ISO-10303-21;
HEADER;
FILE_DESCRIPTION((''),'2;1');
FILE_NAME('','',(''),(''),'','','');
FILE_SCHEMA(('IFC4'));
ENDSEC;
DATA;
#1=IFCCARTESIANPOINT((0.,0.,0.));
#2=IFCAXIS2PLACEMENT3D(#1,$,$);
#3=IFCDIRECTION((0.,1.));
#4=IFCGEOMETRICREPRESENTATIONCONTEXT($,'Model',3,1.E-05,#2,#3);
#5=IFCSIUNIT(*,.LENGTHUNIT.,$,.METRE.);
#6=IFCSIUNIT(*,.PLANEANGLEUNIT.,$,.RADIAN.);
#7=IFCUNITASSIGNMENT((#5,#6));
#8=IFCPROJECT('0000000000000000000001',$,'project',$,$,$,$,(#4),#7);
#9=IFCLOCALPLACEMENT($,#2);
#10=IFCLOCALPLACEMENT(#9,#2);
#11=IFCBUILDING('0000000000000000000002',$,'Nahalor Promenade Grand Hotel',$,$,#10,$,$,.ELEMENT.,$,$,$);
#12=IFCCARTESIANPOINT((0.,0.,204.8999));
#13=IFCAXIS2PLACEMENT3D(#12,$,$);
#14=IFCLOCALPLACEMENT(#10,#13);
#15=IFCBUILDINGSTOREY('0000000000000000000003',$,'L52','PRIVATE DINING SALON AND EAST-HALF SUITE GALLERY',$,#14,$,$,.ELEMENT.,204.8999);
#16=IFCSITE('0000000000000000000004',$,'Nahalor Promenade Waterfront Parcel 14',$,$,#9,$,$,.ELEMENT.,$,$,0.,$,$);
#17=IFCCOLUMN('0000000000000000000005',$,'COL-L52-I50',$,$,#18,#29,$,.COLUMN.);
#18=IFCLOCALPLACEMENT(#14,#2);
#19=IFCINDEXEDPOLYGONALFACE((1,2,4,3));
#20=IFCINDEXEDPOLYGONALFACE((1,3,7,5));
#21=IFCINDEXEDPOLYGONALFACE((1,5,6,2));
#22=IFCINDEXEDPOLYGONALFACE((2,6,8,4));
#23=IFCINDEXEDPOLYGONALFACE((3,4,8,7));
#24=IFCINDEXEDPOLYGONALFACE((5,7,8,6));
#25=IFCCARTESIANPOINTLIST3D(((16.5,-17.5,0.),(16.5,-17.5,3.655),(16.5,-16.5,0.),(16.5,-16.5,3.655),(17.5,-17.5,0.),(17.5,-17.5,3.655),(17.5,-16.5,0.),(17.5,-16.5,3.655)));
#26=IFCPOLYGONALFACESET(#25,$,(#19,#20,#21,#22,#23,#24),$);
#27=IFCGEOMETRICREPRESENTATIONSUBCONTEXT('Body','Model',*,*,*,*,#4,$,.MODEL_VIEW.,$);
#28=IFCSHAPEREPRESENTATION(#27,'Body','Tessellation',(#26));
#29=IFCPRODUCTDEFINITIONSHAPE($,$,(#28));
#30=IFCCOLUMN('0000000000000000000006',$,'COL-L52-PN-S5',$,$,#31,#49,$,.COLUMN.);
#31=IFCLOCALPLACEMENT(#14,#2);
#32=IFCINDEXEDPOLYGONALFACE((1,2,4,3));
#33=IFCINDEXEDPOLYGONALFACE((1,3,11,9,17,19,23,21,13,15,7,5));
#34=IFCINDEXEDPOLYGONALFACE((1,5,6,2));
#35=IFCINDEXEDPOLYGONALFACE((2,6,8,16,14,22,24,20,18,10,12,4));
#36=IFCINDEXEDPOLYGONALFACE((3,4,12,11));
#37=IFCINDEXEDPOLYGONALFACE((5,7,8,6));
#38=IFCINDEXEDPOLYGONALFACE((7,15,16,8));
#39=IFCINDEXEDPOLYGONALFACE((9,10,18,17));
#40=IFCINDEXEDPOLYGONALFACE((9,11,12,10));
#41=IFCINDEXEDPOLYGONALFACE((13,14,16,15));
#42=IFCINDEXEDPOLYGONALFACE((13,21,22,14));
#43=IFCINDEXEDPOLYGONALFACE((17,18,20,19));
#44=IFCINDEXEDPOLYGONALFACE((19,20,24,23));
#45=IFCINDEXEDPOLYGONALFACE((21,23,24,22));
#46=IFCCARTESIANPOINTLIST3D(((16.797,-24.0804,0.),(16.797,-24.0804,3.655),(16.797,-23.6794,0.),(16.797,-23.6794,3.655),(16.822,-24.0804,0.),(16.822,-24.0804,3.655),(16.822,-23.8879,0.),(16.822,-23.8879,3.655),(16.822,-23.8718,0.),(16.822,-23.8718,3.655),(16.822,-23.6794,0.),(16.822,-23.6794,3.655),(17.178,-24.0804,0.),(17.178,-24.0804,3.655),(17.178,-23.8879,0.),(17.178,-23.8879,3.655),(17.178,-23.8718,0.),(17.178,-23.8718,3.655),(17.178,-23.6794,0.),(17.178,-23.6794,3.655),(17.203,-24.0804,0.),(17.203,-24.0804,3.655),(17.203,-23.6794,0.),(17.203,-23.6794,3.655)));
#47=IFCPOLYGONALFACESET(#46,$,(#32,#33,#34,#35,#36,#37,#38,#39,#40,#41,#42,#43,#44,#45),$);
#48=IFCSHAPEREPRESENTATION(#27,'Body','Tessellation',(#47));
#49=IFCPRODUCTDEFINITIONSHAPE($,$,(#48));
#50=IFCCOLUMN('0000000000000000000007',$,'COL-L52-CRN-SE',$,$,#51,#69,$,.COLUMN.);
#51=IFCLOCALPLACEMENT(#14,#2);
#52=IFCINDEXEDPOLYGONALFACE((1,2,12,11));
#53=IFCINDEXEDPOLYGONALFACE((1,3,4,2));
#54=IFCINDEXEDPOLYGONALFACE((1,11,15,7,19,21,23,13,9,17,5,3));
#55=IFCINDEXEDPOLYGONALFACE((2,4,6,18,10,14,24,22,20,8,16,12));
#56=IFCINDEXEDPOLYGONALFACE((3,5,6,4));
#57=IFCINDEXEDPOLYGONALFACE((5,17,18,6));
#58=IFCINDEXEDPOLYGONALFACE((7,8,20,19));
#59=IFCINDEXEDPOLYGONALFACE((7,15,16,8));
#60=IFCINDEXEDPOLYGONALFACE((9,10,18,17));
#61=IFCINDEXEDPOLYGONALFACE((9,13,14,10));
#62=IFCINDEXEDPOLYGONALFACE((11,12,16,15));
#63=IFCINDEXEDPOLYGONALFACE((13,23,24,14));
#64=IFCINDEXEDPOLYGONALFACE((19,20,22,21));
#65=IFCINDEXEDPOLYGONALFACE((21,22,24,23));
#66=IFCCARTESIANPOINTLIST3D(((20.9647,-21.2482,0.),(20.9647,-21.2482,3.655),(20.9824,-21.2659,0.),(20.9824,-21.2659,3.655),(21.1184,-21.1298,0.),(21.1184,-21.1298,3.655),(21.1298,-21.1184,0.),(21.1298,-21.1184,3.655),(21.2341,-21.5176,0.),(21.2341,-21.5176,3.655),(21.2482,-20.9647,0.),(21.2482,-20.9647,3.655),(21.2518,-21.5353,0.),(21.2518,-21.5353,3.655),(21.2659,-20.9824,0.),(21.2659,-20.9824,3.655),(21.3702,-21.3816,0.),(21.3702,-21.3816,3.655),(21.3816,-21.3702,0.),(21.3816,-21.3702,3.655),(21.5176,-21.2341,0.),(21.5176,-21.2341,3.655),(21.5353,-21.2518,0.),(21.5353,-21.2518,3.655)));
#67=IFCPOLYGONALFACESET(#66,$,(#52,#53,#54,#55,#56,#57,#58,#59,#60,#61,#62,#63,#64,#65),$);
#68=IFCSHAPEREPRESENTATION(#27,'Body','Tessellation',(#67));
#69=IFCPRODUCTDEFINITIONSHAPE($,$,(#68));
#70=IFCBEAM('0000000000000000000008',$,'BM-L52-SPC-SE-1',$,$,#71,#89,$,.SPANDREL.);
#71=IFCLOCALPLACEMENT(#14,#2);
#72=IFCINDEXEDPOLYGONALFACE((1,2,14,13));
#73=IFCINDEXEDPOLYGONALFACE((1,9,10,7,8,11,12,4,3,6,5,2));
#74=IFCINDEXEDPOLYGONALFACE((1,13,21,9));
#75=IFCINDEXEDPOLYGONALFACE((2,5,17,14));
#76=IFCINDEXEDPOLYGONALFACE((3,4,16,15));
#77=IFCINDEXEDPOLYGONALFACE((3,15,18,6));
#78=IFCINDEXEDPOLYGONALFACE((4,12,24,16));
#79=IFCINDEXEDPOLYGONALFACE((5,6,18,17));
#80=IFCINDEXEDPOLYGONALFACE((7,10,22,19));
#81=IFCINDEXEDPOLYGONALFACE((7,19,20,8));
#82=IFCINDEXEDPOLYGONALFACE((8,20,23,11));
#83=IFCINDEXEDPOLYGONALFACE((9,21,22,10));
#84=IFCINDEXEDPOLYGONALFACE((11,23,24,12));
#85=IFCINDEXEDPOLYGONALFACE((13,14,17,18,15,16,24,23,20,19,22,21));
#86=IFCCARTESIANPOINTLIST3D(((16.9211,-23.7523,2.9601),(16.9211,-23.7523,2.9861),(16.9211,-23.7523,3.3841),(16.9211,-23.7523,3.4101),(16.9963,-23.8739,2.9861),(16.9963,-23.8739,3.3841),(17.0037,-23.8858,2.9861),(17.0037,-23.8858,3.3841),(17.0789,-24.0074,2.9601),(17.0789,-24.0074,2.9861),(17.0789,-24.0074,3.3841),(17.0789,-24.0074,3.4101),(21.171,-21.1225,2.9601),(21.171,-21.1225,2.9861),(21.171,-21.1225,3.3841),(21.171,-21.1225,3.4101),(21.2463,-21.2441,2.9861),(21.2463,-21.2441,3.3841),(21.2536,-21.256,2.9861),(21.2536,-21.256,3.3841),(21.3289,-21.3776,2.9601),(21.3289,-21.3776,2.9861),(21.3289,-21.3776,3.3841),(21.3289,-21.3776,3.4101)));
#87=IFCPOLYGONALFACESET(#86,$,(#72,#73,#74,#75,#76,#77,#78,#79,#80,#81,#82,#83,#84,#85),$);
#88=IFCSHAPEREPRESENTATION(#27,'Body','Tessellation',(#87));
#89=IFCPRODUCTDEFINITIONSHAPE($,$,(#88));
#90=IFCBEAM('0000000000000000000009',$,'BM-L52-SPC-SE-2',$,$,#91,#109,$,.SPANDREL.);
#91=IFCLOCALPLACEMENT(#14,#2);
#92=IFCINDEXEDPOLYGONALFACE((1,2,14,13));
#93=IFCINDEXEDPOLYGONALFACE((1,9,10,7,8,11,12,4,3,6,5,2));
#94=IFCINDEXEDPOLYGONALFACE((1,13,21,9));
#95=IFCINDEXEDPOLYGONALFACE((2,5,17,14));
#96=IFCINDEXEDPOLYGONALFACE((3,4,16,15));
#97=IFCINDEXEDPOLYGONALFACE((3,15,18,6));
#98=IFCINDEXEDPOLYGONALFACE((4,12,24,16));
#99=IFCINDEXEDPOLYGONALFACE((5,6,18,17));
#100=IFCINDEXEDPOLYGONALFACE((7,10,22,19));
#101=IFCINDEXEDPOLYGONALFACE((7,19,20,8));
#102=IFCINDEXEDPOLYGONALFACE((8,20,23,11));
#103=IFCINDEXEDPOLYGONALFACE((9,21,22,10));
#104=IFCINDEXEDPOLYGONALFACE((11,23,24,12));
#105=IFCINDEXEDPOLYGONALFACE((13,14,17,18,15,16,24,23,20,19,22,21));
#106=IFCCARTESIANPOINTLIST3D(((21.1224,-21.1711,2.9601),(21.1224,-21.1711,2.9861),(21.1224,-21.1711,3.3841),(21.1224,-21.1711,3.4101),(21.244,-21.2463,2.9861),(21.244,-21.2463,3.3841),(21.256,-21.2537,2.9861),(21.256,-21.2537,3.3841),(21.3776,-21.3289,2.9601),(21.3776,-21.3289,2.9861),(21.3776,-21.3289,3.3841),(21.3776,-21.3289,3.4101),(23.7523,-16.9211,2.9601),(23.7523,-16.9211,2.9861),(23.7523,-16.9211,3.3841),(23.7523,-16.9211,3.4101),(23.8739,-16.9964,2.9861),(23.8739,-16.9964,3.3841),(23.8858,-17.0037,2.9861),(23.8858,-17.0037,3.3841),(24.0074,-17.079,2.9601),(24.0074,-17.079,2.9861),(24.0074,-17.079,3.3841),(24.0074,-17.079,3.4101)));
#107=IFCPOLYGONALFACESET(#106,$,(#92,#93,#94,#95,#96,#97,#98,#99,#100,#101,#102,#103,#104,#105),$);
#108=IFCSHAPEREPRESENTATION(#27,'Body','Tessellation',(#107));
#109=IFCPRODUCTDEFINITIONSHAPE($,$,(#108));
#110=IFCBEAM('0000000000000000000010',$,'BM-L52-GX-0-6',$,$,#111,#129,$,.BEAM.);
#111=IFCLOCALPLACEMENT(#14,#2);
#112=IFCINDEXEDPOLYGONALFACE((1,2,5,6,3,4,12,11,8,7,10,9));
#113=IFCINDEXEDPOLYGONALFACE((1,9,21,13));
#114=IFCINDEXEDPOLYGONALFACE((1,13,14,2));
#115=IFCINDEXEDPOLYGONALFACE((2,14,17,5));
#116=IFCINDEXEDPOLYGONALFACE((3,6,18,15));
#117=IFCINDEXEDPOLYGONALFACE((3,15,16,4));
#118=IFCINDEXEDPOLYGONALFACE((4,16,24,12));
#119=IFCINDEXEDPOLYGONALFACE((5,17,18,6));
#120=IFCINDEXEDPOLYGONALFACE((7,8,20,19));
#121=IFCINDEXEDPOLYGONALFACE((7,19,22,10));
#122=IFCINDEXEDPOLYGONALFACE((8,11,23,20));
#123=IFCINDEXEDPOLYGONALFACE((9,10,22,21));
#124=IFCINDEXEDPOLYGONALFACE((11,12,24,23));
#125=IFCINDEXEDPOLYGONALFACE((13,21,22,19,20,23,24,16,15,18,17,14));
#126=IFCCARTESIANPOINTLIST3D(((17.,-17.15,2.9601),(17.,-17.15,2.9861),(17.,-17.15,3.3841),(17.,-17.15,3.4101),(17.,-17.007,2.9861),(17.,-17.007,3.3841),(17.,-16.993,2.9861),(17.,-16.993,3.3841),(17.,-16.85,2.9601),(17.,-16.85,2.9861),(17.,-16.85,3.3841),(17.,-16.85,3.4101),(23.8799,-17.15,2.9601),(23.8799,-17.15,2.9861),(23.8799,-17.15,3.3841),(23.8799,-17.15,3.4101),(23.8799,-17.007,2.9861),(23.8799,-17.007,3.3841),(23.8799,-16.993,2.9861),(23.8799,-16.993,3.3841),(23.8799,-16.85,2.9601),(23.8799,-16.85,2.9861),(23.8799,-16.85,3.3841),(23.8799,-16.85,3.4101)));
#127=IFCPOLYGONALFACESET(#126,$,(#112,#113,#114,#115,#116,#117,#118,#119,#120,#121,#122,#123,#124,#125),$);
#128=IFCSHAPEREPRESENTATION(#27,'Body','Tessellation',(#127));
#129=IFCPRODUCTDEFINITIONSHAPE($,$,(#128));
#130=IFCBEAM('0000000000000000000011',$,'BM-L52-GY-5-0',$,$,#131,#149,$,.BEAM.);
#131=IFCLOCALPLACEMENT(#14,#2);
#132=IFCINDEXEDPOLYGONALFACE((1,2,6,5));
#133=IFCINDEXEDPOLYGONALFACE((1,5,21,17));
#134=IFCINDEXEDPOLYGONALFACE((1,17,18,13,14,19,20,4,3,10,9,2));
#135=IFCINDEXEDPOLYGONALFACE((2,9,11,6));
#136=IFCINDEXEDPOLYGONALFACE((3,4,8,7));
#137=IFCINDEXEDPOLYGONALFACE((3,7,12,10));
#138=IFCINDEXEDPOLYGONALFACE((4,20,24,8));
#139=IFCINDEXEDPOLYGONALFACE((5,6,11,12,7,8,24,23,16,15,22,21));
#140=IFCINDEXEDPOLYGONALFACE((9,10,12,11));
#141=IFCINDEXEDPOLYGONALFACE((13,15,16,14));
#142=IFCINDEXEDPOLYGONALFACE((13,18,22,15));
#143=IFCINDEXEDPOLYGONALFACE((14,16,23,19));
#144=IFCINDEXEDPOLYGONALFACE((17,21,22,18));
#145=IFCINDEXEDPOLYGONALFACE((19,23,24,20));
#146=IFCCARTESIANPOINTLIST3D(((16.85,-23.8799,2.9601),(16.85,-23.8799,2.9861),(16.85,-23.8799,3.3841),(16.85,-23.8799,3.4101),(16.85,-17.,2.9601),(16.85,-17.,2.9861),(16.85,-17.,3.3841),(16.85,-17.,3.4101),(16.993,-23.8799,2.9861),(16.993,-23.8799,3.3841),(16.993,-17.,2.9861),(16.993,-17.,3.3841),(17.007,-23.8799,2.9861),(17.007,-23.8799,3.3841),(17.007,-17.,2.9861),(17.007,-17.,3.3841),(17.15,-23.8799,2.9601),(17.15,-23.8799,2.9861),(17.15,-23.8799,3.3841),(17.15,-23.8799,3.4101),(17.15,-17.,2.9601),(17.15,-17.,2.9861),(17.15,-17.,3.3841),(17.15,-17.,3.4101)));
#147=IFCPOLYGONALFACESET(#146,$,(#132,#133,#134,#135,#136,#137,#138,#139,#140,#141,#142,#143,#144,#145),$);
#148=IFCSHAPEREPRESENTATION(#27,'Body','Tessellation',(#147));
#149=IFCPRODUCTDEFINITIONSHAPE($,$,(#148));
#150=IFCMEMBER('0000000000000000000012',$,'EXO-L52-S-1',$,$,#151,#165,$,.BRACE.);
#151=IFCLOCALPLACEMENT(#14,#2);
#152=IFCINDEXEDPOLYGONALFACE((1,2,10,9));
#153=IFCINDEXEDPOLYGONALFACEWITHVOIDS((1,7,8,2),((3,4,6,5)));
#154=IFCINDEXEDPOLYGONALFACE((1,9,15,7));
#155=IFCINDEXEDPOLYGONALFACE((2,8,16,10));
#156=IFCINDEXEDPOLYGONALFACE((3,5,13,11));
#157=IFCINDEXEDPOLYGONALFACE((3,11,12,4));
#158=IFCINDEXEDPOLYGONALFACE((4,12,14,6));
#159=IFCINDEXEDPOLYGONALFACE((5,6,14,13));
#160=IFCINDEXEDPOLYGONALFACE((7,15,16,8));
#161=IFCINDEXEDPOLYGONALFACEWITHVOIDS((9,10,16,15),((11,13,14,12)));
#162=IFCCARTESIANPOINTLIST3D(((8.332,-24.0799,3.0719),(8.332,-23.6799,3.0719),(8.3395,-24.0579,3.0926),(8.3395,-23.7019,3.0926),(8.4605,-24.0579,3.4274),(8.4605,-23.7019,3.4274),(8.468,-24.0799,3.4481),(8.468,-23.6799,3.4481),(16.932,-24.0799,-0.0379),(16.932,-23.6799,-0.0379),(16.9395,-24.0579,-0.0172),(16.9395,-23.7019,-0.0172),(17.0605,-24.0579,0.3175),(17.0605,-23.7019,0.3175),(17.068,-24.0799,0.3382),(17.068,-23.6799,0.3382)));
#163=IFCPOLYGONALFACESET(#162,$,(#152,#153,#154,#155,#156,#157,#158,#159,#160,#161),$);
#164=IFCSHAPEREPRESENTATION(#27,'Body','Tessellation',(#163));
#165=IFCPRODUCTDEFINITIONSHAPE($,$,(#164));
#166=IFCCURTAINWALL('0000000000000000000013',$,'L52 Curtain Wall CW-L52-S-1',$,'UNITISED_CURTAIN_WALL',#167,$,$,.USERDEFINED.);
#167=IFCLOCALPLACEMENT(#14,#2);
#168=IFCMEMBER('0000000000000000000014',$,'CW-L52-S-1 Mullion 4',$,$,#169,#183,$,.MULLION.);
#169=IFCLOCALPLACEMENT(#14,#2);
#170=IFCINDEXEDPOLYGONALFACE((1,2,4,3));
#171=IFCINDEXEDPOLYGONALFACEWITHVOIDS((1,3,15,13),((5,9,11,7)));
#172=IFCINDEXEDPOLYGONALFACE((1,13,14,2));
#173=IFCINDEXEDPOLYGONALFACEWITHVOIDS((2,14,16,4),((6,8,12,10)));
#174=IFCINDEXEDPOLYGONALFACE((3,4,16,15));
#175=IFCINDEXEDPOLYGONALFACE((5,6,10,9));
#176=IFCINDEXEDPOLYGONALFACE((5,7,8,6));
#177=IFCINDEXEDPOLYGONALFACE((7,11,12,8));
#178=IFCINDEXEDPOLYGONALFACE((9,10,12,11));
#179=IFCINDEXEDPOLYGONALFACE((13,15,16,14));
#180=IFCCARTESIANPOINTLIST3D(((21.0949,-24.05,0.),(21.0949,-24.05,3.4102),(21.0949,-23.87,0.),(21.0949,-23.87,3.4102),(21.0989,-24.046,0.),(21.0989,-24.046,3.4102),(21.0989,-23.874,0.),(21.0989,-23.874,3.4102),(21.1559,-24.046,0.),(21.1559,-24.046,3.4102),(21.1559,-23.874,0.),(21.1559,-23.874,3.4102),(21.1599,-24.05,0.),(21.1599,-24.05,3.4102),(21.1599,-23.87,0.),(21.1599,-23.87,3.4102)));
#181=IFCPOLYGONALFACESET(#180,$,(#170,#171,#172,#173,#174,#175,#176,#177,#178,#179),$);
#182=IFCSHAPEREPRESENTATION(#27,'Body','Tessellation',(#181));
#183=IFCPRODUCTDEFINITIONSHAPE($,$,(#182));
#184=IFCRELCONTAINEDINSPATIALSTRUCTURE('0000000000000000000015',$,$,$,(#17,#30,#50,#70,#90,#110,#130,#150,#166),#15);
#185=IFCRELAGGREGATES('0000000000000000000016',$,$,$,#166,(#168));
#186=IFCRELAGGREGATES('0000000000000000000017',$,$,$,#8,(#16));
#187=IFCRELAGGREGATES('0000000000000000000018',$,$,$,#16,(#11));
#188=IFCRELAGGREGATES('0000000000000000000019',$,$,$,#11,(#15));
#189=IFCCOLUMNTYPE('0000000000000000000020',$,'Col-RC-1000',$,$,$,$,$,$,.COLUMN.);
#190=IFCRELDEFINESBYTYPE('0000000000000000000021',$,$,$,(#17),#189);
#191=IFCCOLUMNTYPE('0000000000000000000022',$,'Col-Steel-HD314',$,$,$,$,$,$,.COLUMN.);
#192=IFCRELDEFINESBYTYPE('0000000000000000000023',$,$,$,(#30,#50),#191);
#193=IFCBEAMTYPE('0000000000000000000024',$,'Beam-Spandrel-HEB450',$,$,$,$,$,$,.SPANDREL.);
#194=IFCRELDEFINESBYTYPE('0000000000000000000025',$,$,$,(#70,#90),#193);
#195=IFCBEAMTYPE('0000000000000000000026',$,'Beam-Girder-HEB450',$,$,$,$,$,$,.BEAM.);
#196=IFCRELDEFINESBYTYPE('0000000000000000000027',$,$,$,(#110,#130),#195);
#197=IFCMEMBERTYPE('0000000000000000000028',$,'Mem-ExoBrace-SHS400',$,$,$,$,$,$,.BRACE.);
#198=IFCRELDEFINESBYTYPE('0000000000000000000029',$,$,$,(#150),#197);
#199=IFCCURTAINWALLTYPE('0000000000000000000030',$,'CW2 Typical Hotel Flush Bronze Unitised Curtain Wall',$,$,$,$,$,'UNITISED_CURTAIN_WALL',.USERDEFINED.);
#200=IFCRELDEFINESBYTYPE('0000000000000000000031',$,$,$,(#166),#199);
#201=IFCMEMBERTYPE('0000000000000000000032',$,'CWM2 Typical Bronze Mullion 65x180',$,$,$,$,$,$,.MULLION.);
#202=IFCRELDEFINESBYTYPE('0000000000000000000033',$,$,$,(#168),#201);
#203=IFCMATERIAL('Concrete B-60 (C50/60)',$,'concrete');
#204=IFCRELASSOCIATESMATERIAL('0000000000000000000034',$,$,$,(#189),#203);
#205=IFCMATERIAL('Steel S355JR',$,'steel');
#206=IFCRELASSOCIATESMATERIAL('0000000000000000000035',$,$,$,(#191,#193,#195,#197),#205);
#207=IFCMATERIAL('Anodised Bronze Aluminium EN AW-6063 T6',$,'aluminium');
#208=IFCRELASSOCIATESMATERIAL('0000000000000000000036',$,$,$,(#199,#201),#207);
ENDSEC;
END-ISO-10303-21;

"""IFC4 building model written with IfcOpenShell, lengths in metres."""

from ifc_helpers import new_model, si_unit, direction, frame, origin, origin_2d, place, context, subcontext, project, spatial, rectangle, hollow_rectangle, i_section, extrude, source, transform, mapped, material, material_profile, profile_set, type_object, element, aggregate, save


model = new_model("IFC4")

# Units and contexts
model_context = context("Model", 3, precision=1e-05, world=origin(), true_north=direction((0.0, 1.0)))
body_context = subcontext(model_context, "Body", "Model", "MODEL_VIEW")
ifc_project = project(units=[si_unit("LENGTHUNIT", "METRE"), si_unit("PLANEANGLEUNIT", "RADIAN")], contexts=[model_context])

# Site, building, storey
site_placement = place(None, origin())
site = spatial("IfcSite", under=ifc_project, at=site_placement, Name="Nahalor Promenade Waterfront Parcel 14", CompositionType="ELEMENT", RefElevation=0.0)
building_placement = place(site_placement, origin())
building = spatial("IfcBuilding", under=site, at=building_placement, Name="Nahalor Promenade Grand Hotel", CompositionType="ELEMENT")
storey_placement = place(building_placement, frame((0.0, 0.0, 204.8999)))
storey = spatial("IfcBuildingStorey", under=building, at=storey_placement, Name="L52", Description="PRIVATE DINING SALON AND EAST-HALF SUITE GALLERY", CompositionType="ELEMENT", Elevation=204.8999)

# Columns
ifc_material_1 = material(Name="Concrete B-60 (C50/60)", Category="concrete")
ifc_material_profile_1 = material_profile(ifc_material_1, rectangle(XDim=1.0, YDim=1.0, at=origin_2d()), Name="RC 1000x1000")
ifc_profile_set_1 = profile_set([ifc_material_profile_1], Name="Concrete B-60 (C50/60)")
column_type_1 = type_object("IfcColumnType", Name="Col-RC-1000", PredefinedType="COLUMN", material=ifc_profile_set_1)
shared_shape_1 = source(origin(), body_context, "Body", "SweptSolid", [
    extrude(rectangle(XDim=1.0, YDim=1.0, at=origin_2d()), origin(), (0.0, 0.0, 1.0), 3.655),
])
column_placement = place(storey_placement, frame((17.0, -17.0, 0.0), z_axis=(0.0, 0.0, 1.0), x_axis=(1.0, 0.0, 0.0)))
element("IfcColumn", 1, at=column_placement, inside=storey, type_object=column_type_1, Name="COL-L52-I50", PredefinedType="COLUMN", context=body_context, shape_type="MappedRepresentation", body=[
    mapped(shared_shape_1, transform((0.0, 0.0, 0.0), scale=1.0)),
])
ifc_material_2 = material(Name="Steel S355JR", Category="steel")
ifc_material_profile_2 = material_profile(ifc_material_2, i_section(OverallWidth=0.401, OverallDepth=0.406, WebThickness=0.0161, FlangeThickness=0.025, at=origin_2d()), Name="HD 400x314")
ifc_profile_set_2 = profile_set([ifc_material_profile_2], Name="Steel S355JR")
column_type_2 = type_object("IfcColumnType", Name="Col-Steel-HD314", PredefinedType="COLUMN", material=ifc_profile_set_2)
shared_shape_2 = source(origin(), body_context, "Body", "SweptSolid", [
    extrude(i_section(OverallWidth=0.401, OverallDepth=0.406, WebThickness=0.0161, FlangeThickness=0.025, at=origin_2d()), origin(), (0.0, 0.0, 1.0), 3.655),
])
for number, where, z_axis, x_axis, name in (
    (2, (17.0, -23.8799, 0.0), (0.0, 0.0, 1.0), (0.0, 1.0, 0.0), "COL-L52-PN-S5"),
    (3, (21.25, -21.25, 0.0), (0.0, 0.0, 1.0), (0.707107, 0.707107, 0.0), "COL-L52-CRN-SE"),
):
    element("IfcColumn", number, at=place(storey_placement, frame(where, z_axis=z_axis, x_axis=x_axis)), inside=storey, type_object=column_type_2, Name=name, PredefinedType="COLUMN", context=body_context, shape_type="MappedRepresentation", body=[
        mapped(shared_shape_2, transform((0.0, 0.0, 0.0), scale=1.0)),
    ])

# Beams
ifc_material_profile_3 = material_profile(ifc_material_2, i_section(OverallWidth=0.3, OverallDepth=0.45, WebThickness=0.014, FlangeThickness=0.026, at=origin_2d()), Name="HEB 450")
ifc_profile_set_3 = profile_set([ifc_material_profile_3], Name="Steel S355JR")
beam_type_1 = type_object("IfcBeamType", Name="Beam-Spandrel-HEB450", PredefinedType="SPANDREL", material=ifc_profile_set_3)
shared_shape_3 = source(origin(), body_context, "Body", "SweptSolid", [
    extrude(i_section(OverallWidth=0.3, OverallDepth=0.45, WebThickness=0.014, FlangeThickness=0.026, at=origin_2d()), origin(), (0.0, 0.0, 1.0), 4.9978),
])
for number, where, z_axis, x_axis, name in (
    (4, (17.0, -23.8799, 3.1851), (0.850361, 0.5262, 0.0), (-0.5262, 0.850361, 0.0), "BM-L52-SPC-SE-1"),
    (5, (21.25, -21.25, 3.1851), (0.5262, 0.850361, 0.0), (-0.850361, 0.5262, 0.0), "BM-L52-SPC-SE-2"),
):
    element("IfcBeam", number, at=place(storey_placement, frame(where, z_axis=z_axis, x_axis=x_axis)), inside=storey, type_object=beam_type_1, Name=name, PredefinedType="SPANDREL", context=body_context, shape_type="MappedRepresentation", body=[
        mapped(shared_shape_3, transform((0.0, 0.0, 0.0), scale=1.0)),
    ])
ifc_material_profile_4 = material_profile(ifc_material_2, i_section(OverallWidth=0.3, OverallDepth=0.45, WebThickness=0.014, FlangeThickness=0.026, at=origin_2d()), Name="HEB 450")
ifc_profile_set_4 = profile_set([ifc_material_profile_4], Name="Steel S355JR")
beam_type_2 = type_object("IfcBeamType", Name="Beam-Girder-HEB450", PredefinedType="BEAM", material=ifc_profile_set_4)
shared_shape_4 = source(origin(), body_context, "Body", "SweptSolid", [
    extrude(i_section(OverallWidth=0.3, OverallDepth=0.45, WebThickness=0.014, FlangeThickness=0.026, at=origin_2d()), origin(), (0.0, 0.0, 1.0), 6.8799),
])
for number, where, z_axis, x_axis, name in (
    (6, (17.0, -17.0, 3.1851), (1.0, 0.0, 0.0), (0.0, 1.0, 0.0), "BM-L52-GX-0-6"),
    (7, (17.0, -23.8799, 3.1851), (0.0, 1.0, 0.0), (-1.0, 0.0, 0.0), "BM-L52-GY-5-0"),
):
    element("IfcBeam", number, at=place(storey_placement, frame(where, z_axis=z_axis, x_axis=x_axis)), inside=storey, type_object=beam_type_2, Name=name, PredefinedType="BEAM", context=body_context, shape_type="MappedRepresentation", body=[
        mapped(shared_shape_4, transform((0.0, 0.0, 0.0), scale=1.0)),
    ])

# Member
ifc_material_profile_5 = material_profile(ifc_material_2, hollow_rectangle(XDim=0.4, YDim=0.4, WallThickness=0.022, at=origin_2d()), Name="SHS 400x400x22")
ifc_profile_set_5 = profile_set([ifc_material_profile_5], Name="Steel S355JR")
member_type_1 = type_object("IfcMemberType", Name="Mem-ExoBrace-SHS400", PredefinedType="BRACE", material=ifc_profile_set_5)
shared_shape_5 = source(origin(), body_context, "Body", "SweptSolid", [
    extrude(hollow_rectangle(XDim=0.4, YDim=0.4, WallThickness=0.022, at=origin_2d()), origin(), (0.0, 0.0, 1.0), 9.145),
])
member_1_placement = place(storey_placement, frame((17.0, -23.8799, 0.1501), z_axis=(-0.940405, 0.0, 0.340058), x_axis=(0.0, -1.0, 0.0)))
element("IfcMember", 8, at=member_1_placement, inside=storey, type_object=member_type_1, Name="EXO-L52-S-1", PredefinedType="BRACE", context=body_context, shape_type="MappedRepresentation", body=[
    mapped(shared_shape_5, transform((0.0, 0.0, 0.0), scale=1.0)),
])

# Curtain wall, member
ifc_material_3 = material(Name="Anodised Bronze Aluminium EN AW-6063 T6", Category="aluminium")
curtain_wall_type = type_object("IfcCurtainWallType", Name="CW2 Typical Hotel Flush Bronze Unitised Curtain Wall", ElementType="UNITISED_CURTAIN_WALL", PredefinedType="USERDEFINED", material=ifc_material_3)
curtain_wall_1_placement = place(storey_placement, origin())
curtain_wall_1 = element("IfcCurtainWall", 9, at=curtain_wall_1_placement, inside=storey, type_object=curtain_wall_type, Name="L52 Curtain Wall CW-L52-S-1", ObjectType="UNITISED_CURTAIN_WALL", PredefinedType="USERDEFINED")
ifc_material_profile_6 = material_profile(ifc_material_3, hollow_rectangle(XDim=0.065, YDim=0.18, WallThickness=0.004, at=origin_2d()), Name="CWM 65x180x4")
ifc_profile_set_6 = profile_set([ifc_material_profile_6], Name="Anodised Bronze Aluminium EN AW-6063 T6")
member_type_2 = type_object("IfcMemberType", Name="CWM2 Typical Bronze Mullion 65x180", PredefinedType="MULLION", material=ifc_profile_set_6)
shared_shape_6 = source(origin(), body_context, "Body", "SweptSolid", [
    extrude(hollow_rectangle(XDim=0.065, YDim=0.18, WallThickness=0.004, at=origin_2d()), origin(), (0.0, 0.0, 1.0), 3.4102),
])
member_2_placement = place(storey_placement, frame((21.1274, -23.96, 0.0), z_axis=(0.0, 0.0, 1.0), x_axis=(1.0, 0.0, 0.0)))
member_2 = element("IfcMember", 10, at=member_2_placement, type_object=member_type_2, Name="CW-L52-S-1 Mullion 4", PredefinedType="MULLION", context=body_context, shape_type="MappedRepresentation", body=[
    mapped(shared_shape_6, transform((0.0, 0.0, 0.0), scale=1.0)),
])

aggregate(curtain_wall_1, [member_2])

save(model, "model.ifc")
